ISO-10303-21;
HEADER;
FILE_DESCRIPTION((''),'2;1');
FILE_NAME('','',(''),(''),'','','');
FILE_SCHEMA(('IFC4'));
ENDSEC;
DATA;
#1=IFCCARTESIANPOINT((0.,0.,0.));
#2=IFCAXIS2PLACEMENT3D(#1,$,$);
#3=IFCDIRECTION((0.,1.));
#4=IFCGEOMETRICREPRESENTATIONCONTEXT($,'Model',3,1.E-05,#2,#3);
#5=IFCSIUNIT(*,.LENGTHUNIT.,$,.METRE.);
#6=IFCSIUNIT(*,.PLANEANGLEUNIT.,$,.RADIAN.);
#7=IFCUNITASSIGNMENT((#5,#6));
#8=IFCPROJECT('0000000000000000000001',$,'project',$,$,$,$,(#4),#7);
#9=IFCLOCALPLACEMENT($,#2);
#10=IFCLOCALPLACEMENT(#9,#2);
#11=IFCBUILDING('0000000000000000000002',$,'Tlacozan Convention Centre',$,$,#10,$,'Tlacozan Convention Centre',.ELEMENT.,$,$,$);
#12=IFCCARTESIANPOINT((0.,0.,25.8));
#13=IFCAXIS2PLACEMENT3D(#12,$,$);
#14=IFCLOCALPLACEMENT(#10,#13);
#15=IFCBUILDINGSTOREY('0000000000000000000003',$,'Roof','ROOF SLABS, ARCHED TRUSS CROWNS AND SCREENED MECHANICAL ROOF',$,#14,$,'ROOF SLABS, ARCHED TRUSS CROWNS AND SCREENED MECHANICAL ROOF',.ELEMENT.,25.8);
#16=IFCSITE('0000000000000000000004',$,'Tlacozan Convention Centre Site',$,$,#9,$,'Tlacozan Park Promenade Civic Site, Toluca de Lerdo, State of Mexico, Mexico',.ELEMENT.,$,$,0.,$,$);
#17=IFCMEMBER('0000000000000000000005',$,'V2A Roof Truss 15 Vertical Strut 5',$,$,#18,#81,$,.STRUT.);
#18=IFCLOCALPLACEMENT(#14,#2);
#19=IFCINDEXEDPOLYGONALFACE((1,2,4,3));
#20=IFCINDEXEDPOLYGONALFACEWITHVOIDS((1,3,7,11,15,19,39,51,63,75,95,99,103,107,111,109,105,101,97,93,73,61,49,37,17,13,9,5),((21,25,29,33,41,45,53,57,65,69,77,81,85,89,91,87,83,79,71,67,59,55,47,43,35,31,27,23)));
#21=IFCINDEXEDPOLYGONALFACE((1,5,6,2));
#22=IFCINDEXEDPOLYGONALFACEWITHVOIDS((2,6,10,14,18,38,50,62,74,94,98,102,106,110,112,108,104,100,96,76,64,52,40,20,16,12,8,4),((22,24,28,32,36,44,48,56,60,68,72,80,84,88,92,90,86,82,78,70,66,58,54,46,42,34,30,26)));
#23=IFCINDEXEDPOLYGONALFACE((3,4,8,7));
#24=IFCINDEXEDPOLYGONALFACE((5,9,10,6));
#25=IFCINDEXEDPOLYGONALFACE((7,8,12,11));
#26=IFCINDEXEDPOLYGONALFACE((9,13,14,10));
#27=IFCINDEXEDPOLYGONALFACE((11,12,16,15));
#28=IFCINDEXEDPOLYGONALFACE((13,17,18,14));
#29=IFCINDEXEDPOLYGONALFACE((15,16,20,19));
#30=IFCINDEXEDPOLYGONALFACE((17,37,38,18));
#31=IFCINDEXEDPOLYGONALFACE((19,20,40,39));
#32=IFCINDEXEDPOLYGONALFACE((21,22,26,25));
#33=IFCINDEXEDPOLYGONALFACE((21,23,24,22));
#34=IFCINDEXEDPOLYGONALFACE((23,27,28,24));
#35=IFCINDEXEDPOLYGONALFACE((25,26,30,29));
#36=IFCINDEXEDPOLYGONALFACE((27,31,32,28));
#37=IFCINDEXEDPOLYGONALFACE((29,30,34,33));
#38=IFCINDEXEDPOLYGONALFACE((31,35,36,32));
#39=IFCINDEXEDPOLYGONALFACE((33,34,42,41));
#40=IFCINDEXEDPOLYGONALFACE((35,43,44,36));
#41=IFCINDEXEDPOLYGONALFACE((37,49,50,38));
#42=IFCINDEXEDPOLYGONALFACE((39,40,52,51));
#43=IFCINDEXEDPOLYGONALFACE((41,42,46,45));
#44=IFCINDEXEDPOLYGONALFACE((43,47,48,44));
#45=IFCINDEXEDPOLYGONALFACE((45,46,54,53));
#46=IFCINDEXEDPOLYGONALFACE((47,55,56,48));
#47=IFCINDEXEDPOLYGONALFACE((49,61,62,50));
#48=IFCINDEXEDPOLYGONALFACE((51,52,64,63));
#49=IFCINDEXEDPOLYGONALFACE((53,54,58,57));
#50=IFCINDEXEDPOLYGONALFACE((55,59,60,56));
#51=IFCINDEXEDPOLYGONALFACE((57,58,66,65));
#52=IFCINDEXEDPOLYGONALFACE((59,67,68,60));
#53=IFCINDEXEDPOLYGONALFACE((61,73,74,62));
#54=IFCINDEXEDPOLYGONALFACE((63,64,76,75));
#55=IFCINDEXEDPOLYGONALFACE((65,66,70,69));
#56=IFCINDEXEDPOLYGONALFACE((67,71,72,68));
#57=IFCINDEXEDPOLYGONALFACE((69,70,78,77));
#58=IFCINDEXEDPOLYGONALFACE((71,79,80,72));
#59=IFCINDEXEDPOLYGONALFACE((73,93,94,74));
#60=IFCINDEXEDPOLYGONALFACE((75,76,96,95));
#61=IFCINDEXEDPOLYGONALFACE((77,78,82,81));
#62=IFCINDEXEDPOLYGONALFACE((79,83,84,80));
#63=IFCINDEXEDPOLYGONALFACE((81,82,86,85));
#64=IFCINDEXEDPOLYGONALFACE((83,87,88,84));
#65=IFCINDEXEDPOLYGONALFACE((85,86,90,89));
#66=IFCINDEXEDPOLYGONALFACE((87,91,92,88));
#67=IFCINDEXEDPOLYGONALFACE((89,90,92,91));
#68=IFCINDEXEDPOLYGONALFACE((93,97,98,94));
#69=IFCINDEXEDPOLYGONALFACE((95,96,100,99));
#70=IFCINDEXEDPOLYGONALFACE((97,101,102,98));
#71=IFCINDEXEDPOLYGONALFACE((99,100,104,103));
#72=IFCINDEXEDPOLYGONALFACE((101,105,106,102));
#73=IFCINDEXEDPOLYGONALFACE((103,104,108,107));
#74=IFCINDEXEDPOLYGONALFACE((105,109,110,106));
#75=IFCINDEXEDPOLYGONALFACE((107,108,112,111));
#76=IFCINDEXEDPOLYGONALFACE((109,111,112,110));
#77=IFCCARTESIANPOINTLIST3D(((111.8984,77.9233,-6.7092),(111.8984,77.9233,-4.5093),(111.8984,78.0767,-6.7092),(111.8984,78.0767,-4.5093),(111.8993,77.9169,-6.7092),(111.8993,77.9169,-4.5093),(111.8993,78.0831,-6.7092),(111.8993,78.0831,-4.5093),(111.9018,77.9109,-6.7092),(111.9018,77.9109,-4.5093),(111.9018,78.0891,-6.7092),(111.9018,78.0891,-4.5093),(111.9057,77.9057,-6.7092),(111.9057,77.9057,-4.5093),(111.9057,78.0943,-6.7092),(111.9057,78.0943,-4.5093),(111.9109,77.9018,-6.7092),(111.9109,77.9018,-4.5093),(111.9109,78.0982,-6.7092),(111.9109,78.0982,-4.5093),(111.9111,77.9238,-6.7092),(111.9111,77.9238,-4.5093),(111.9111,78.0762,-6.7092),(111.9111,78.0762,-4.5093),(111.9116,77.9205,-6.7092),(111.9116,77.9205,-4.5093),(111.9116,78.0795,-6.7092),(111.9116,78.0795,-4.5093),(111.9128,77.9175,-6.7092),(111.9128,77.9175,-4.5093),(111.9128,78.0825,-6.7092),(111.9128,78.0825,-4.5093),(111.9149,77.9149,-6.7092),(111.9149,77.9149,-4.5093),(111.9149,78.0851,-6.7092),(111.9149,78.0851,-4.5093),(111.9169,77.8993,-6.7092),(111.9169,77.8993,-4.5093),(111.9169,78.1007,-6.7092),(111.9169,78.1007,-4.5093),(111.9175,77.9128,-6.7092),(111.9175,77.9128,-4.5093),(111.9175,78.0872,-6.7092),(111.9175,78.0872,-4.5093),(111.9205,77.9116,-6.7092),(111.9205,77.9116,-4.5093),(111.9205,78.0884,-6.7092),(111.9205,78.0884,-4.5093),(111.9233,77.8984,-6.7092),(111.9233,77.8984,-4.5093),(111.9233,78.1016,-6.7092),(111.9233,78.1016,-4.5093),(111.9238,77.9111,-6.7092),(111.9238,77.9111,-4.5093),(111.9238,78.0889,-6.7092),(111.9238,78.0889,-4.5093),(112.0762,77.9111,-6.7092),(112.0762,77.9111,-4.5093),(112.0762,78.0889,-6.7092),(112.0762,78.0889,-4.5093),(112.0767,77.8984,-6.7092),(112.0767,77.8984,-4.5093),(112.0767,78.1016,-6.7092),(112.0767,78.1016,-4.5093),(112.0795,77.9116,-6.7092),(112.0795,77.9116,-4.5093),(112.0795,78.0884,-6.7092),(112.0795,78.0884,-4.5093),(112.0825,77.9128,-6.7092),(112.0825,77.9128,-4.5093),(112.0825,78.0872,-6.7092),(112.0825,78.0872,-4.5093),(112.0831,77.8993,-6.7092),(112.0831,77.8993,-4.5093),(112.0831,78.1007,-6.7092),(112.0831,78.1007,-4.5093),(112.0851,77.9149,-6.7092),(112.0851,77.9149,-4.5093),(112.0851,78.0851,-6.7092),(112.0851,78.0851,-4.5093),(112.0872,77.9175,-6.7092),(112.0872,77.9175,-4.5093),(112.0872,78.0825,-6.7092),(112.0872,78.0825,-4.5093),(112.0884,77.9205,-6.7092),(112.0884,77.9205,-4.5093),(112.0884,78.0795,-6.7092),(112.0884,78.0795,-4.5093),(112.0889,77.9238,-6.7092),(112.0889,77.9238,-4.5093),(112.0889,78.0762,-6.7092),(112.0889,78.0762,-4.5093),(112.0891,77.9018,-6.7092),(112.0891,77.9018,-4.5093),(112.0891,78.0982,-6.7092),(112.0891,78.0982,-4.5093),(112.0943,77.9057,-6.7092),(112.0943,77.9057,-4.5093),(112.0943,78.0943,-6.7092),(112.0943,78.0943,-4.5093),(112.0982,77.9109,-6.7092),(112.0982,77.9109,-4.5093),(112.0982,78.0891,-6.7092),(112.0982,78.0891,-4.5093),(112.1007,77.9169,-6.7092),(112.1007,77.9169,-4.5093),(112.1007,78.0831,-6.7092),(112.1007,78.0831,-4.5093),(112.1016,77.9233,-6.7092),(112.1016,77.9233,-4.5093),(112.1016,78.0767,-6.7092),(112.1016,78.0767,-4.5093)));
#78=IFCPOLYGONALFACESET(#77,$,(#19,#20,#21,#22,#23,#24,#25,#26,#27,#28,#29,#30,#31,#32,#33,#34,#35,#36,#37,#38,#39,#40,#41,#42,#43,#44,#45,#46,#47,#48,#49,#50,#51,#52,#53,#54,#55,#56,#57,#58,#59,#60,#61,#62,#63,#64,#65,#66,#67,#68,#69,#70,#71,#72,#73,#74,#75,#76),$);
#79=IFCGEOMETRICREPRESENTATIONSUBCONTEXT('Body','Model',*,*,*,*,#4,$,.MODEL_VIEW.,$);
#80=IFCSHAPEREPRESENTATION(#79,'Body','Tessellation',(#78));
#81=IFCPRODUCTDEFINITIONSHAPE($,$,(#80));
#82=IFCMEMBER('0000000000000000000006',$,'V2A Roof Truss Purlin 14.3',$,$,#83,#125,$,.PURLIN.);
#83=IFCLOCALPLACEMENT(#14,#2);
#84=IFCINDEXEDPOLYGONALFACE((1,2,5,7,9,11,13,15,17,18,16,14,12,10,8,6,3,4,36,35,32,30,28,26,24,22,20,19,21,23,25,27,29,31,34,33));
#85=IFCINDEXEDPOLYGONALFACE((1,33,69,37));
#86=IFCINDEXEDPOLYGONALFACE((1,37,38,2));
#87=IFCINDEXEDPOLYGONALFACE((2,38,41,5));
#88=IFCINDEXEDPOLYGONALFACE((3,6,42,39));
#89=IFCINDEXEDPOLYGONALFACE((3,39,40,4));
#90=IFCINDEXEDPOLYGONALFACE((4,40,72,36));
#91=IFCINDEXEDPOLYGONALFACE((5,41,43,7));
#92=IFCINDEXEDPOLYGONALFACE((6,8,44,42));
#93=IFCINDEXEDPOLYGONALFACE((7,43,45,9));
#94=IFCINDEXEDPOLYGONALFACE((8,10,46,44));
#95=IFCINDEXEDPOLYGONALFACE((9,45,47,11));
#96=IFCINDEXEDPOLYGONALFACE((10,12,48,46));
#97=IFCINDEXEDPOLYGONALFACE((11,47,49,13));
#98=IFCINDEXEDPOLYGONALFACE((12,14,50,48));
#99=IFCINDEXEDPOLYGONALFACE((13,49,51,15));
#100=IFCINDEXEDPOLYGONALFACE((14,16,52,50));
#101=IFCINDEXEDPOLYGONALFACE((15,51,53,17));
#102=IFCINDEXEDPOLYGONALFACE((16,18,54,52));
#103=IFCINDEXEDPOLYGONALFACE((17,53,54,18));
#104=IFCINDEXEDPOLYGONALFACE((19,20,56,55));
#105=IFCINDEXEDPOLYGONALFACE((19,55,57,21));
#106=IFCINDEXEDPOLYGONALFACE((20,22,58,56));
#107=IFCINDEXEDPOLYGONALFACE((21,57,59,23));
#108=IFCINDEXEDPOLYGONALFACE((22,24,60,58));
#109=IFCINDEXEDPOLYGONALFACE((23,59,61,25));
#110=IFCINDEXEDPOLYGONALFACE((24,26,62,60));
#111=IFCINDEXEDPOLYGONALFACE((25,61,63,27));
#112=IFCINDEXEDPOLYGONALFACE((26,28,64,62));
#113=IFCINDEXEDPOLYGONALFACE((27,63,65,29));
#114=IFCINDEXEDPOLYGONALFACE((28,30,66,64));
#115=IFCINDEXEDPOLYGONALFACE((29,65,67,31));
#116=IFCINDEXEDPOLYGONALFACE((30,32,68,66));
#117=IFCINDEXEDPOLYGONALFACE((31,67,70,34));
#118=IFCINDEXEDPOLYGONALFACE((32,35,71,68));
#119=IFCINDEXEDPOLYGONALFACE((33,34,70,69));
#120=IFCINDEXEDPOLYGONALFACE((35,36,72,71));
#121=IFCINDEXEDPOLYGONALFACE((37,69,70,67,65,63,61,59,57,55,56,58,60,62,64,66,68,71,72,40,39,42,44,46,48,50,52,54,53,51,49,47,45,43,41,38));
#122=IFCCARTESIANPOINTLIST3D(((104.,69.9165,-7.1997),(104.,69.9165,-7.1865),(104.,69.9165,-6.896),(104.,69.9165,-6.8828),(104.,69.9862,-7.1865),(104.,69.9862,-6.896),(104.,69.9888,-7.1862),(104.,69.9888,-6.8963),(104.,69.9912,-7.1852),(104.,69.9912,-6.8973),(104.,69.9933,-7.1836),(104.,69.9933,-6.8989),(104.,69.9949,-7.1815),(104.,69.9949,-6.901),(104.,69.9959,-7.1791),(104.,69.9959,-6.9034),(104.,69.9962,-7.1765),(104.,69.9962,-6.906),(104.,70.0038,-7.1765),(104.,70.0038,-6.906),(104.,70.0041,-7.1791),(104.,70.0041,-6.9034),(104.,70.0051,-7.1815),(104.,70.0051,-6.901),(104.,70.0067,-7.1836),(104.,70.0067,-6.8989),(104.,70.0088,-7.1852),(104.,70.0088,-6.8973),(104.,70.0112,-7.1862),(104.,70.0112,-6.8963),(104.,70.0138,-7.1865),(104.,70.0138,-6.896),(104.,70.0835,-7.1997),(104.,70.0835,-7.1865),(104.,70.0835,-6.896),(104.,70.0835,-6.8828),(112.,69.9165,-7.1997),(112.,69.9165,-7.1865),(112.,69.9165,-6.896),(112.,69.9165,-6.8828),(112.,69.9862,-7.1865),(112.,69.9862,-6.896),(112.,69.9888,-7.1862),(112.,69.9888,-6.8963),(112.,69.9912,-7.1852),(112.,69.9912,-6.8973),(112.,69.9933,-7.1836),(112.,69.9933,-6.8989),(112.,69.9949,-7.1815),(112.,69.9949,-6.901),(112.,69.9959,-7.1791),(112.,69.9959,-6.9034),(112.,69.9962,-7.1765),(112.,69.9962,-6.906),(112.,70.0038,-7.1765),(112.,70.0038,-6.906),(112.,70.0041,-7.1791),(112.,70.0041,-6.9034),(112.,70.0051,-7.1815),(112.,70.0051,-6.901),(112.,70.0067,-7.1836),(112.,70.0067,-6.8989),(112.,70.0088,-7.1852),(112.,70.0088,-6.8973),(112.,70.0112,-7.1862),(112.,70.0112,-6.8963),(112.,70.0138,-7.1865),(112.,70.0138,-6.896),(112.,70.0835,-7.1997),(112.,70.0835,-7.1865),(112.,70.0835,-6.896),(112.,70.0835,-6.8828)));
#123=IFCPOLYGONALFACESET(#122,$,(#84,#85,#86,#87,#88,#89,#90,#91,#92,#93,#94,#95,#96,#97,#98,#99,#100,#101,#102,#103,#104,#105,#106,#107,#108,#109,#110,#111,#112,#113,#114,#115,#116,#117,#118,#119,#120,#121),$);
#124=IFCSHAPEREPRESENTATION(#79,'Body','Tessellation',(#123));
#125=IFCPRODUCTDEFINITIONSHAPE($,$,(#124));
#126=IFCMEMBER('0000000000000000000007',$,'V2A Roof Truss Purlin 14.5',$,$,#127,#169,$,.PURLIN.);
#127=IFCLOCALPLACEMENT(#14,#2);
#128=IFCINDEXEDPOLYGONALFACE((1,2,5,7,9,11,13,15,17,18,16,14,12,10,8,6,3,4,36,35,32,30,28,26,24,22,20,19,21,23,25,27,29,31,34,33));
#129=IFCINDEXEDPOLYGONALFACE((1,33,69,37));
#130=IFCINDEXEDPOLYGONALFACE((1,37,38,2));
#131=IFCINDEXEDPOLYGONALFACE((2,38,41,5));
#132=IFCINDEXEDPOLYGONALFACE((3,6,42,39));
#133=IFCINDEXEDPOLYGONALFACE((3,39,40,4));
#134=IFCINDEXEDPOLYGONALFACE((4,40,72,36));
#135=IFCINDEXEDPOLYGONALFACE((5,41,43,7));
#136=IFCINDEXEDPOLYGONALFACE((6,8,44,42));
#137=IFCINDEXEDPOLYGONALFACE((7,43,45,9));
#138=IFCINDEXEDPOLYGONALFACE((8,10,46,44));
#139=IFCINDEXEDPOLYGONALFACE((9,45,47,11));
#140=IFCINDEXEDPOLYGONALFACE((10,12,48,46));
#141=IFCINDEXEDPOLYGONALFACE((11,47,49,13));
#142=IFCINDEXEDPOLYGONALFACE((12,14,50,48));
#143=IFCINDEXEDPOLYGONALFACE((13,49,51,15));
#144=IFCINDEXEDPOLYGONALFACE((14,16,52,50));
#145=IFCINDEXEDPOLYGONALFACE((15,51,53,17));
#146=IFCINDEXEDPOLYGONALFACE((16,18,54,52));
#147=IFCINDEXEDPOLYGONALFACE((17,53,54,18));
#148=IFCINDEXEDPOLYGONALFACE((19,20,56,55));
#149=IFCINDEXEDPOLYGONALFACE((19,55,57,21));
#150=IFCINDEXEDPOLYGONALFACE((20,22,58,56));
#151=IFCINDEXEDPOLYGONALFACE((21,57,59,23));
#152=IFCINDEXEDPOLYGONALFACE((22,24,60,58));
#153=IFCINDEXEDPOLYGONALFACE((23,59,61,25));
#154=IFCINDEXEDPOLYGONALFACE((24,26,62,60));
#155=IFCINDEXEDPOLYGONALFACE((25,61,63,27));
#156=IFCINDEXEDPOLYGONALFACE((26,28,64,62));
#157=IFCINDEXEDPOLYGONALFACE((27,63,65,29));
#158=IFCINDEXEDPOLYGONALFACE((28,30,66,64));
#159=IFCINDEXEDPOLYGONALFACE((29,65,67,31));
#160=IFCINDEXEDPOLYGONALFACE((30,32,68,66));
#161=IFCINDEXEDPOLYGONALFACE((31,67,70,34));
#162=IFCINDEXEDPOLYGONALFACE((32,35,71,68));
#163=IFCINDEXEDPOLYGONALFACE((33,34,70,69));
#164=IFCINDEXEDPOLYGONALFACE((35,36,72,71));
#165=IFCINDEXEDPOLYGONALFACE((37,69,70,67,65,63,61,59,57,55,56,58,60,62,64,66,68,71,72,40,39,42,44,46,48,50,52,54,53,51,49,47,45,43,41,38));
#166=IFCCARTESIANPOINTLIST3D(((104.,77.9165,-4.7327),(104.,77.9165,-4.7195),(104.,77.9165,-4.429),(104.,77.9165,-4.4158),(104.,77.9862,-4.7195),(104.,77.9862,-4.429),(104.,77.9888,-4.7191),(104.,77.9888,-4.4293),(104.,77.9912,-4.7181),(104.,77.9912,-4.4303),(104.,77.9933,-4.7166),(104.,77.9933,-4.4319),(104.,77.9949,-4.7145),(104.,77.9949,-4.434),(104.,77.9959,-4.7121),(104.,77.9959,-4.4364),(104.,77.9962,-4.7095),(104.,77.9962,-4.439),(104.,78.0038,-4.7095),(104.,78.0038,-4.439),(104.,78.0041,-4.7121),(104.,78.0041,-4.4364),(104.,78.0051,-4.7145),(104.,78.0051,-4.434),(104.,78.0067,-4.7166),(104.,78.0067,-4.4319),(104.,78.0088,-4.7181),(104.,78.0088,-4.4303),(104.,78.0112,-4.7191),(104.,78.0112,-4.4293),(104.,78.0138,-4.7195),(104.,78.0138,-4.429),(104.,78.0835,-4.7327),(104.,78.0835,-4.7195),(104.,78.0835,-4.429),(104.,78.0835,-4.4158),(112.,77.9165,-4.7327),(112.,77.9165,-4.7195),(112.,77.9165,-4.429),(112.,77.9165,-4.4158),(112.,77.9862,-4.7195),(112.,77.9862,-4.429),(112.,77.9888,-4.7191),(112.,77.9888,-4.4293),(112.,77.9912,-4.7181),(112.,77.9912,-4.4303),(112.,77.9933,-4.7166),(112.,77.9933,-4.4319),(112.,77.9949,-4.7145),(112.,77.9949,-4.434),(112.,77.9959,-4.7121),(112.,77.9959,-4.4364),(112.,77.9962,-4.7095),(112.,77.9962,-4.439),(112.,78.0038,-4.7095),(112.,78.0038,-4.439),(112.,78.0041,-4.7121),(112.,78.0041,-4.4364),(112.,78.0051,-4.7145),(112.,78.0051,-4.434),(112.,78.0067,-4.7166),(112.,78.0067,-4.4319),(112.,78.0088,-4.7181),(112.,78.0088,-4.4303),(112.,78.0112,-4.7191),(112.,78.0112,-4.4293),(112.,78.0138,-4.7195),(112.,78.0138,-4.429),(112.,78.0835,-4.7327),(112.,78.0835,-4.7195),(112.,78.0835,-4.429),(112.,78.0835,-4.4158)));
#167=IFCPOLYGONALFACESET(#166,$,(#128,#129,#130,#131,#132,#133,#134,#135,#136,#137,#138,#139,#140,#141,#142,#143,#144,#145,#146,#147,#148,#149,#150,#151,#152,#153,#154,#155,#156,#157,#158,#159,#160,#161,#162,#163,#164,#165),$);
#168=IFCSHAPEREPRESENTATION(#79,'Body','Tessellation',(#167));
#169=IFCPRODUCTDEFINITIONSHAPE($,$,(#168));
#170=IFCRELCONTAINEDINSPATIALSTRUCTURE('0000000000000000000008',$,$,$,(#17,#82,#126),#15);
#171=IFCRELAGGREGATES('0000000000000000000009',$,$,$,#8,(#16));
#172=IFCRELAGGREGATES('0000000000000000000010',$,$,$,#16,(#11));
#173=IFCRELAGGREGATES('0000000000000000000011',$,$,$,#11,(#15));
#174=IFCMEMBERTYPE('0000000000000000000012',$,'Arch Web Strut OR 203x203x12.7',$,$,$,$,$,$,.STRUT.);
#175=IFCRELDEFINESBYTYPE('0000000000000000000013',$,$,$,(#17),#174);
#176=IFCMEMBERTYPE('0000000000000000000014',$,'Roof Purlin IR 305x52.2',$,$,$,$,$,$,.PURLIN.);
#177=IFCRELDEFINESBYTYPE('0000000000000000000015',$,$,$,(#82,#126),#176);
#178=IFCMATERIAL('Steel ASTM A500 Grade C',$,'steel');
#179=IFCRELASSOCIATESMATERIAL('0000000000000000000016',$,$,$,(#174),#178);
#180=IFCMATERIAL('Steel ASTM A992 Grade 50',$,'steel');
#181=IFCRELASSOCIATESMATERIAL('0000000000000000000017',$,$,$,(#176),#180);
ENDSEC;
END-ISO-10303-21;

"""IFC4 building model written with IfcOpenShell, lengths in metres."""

from ifc_helpers import new_model, si_unit, direction, frame, origin, origin_2d, place, context, subcontext, project, spatial, hollow_rectangle, i_section, extrude, material, material_profile, profile_set, type_object, element, save


model = new_model("IFC4")

# Units and contexts
model_context = context("Model", 3, precision=1e-05, world=origin(), true_north=direction((0.0, 1.0)))
body_context = subcontext(model_context, "Body", "Model", "MODEL_VIEW")
ifc_project = project(units=[si_unit("LENGTHUNIT", "METRE"), si_unit("PLANEANGLEUNIT", "RADIAN")], contexts=[model_context])

# Site, building, storey
site_placement = place(None, origin())
site = spatial("IfcSite", under=ifc_project, at=site_placement, Name="Tlacozan Convention Centre Site", LongName="Tlacozan Park Promenade Civic Site, Toluca de Lerdo, State of Mexico, Mexico", CompositionType="ELEMENT", RefElevation=0.0)
building_placement = place(site_placement, origin())
building = spatial("IfcBuilding", under=site, at=building_placement, Name="Tlacozan Convention Centre", LongName="Tlacozan Convention Centre", CompositionType="ELEMENT")
storey_placement = place(building_placement, frame((0.0, 0.0, 25.8)))
storey = spatial("IfcBuildingStorey", under=building, at=storey_placement, Name="Roof", Description="ROOF SLABS, ARCHED TRUSS CROWNS AND SCREENED MECHANICAL ROOF", LongName="ROOF SLABS, ARCHED TRUSS CROWNS AND SCREENED MECHANICAL ROOF", CompositionType="ELEMENT", Elevation=25.8)

# Members
ifc_material_1 = material(Name="Steel ASTM A500 Grade C", Category="steel")
ifc_material_profile_1 = material_profile(ifc_material_1, hollow_rectangle(XDim=0.2031, YDim=0.2031, WallThickness=0.0127, InnerFilletRadius=0.0127, OuterFilletRadius=0.0249, at=origin_2d()), Name="OR 203x203x12.7")
ifc_profile_set_1 = profile_set([ifc_material_profile_1], Name="Steel ASTM A500 Grade C")
member_type_1 = type_object("IfcMemberType", Name="Arch Web Strut OR 203x203x12.7", PredefinedType="STRUT", material=ifc_profile_set_1)
member_1_placement = place(storey_placement, frame((112.0, 78.0, -6.7092), z_axis=(0.0, 0.0, 1.0), x_axis=(1.0, 0.0, 0.0)))
element("IfcMember", 1, at=member_1_placement, inside=storey, type_object=member_type_1, Name="V2A Roof Truss 15 Vertical Strut 5", PredefinedType="STRUT", context=body_context, shape_type="SweptSolid", body=[
    extrude(hollow_rectangle(XDim=0.2031, YDim=0.2031, WallThickness=0.0127, InnerFilletRadius=0.0127, OuterFilletRadius=0.0249, at=origin_2d()), origin(), (0.0, 0.0, 1.0), 2.2),
])
ifc_material_2 = material(Name="Steel ASTM A992 Grade 50", Category="steel")
ifc_material_profile_2 = material_profile(ifc_material_2, i_section(OverallWidth=0.167, OverallDepth=0.3169, WebThickness=0.0076, FlangeThickness=0.0132, FilletRadius=0.01, at=origin_2d()), Name="IR 305x52.2")
ifc_profile_set_2 = profile_set([ifc_material_profile_2], Name="Steel ASTM A992 Grade 50")
member_type_2 = type_object("IfcMemberType", Name="Roof Purlin IR 305x52.2", PredefinedType="PURLIN", material=ifc_profile_set_2)
for number, where, z_axis, x_axis, name in (
    (2, (104.0, 70.0, -7.0413), (1.0, 0.0, 0.0), (0.0, 1.0, 0.0), "V2A Roof Truss Purlin 14.3"),
    (3, (104.0, 78.0, -4.5742), (1.0, 0.0, 0.0), (0.0, 1.0, 0.0), "V2A Roof Truss Purlin 14.5"),
):
    element("IfcMember", number, at=place(storey_placement, frame(where, z_axis=z_axis, x_axis=x_axis)), inside=storey, type_object=member_type_2, Name=name, PredefinedType="PURLIN", context=body_context, shape_type="SweptSolid", body=[
        extrude(i_section(OverallWidth=0.167, OverallDepth=0.3169, WebThickness=0.0076, FlangeThickness=0.0132, FilletRadius=0.01, at=origin_2d()), origin(), (0.0, 0.0, 1.0), 8.0),
    ])

save(model, "model.ifc")
